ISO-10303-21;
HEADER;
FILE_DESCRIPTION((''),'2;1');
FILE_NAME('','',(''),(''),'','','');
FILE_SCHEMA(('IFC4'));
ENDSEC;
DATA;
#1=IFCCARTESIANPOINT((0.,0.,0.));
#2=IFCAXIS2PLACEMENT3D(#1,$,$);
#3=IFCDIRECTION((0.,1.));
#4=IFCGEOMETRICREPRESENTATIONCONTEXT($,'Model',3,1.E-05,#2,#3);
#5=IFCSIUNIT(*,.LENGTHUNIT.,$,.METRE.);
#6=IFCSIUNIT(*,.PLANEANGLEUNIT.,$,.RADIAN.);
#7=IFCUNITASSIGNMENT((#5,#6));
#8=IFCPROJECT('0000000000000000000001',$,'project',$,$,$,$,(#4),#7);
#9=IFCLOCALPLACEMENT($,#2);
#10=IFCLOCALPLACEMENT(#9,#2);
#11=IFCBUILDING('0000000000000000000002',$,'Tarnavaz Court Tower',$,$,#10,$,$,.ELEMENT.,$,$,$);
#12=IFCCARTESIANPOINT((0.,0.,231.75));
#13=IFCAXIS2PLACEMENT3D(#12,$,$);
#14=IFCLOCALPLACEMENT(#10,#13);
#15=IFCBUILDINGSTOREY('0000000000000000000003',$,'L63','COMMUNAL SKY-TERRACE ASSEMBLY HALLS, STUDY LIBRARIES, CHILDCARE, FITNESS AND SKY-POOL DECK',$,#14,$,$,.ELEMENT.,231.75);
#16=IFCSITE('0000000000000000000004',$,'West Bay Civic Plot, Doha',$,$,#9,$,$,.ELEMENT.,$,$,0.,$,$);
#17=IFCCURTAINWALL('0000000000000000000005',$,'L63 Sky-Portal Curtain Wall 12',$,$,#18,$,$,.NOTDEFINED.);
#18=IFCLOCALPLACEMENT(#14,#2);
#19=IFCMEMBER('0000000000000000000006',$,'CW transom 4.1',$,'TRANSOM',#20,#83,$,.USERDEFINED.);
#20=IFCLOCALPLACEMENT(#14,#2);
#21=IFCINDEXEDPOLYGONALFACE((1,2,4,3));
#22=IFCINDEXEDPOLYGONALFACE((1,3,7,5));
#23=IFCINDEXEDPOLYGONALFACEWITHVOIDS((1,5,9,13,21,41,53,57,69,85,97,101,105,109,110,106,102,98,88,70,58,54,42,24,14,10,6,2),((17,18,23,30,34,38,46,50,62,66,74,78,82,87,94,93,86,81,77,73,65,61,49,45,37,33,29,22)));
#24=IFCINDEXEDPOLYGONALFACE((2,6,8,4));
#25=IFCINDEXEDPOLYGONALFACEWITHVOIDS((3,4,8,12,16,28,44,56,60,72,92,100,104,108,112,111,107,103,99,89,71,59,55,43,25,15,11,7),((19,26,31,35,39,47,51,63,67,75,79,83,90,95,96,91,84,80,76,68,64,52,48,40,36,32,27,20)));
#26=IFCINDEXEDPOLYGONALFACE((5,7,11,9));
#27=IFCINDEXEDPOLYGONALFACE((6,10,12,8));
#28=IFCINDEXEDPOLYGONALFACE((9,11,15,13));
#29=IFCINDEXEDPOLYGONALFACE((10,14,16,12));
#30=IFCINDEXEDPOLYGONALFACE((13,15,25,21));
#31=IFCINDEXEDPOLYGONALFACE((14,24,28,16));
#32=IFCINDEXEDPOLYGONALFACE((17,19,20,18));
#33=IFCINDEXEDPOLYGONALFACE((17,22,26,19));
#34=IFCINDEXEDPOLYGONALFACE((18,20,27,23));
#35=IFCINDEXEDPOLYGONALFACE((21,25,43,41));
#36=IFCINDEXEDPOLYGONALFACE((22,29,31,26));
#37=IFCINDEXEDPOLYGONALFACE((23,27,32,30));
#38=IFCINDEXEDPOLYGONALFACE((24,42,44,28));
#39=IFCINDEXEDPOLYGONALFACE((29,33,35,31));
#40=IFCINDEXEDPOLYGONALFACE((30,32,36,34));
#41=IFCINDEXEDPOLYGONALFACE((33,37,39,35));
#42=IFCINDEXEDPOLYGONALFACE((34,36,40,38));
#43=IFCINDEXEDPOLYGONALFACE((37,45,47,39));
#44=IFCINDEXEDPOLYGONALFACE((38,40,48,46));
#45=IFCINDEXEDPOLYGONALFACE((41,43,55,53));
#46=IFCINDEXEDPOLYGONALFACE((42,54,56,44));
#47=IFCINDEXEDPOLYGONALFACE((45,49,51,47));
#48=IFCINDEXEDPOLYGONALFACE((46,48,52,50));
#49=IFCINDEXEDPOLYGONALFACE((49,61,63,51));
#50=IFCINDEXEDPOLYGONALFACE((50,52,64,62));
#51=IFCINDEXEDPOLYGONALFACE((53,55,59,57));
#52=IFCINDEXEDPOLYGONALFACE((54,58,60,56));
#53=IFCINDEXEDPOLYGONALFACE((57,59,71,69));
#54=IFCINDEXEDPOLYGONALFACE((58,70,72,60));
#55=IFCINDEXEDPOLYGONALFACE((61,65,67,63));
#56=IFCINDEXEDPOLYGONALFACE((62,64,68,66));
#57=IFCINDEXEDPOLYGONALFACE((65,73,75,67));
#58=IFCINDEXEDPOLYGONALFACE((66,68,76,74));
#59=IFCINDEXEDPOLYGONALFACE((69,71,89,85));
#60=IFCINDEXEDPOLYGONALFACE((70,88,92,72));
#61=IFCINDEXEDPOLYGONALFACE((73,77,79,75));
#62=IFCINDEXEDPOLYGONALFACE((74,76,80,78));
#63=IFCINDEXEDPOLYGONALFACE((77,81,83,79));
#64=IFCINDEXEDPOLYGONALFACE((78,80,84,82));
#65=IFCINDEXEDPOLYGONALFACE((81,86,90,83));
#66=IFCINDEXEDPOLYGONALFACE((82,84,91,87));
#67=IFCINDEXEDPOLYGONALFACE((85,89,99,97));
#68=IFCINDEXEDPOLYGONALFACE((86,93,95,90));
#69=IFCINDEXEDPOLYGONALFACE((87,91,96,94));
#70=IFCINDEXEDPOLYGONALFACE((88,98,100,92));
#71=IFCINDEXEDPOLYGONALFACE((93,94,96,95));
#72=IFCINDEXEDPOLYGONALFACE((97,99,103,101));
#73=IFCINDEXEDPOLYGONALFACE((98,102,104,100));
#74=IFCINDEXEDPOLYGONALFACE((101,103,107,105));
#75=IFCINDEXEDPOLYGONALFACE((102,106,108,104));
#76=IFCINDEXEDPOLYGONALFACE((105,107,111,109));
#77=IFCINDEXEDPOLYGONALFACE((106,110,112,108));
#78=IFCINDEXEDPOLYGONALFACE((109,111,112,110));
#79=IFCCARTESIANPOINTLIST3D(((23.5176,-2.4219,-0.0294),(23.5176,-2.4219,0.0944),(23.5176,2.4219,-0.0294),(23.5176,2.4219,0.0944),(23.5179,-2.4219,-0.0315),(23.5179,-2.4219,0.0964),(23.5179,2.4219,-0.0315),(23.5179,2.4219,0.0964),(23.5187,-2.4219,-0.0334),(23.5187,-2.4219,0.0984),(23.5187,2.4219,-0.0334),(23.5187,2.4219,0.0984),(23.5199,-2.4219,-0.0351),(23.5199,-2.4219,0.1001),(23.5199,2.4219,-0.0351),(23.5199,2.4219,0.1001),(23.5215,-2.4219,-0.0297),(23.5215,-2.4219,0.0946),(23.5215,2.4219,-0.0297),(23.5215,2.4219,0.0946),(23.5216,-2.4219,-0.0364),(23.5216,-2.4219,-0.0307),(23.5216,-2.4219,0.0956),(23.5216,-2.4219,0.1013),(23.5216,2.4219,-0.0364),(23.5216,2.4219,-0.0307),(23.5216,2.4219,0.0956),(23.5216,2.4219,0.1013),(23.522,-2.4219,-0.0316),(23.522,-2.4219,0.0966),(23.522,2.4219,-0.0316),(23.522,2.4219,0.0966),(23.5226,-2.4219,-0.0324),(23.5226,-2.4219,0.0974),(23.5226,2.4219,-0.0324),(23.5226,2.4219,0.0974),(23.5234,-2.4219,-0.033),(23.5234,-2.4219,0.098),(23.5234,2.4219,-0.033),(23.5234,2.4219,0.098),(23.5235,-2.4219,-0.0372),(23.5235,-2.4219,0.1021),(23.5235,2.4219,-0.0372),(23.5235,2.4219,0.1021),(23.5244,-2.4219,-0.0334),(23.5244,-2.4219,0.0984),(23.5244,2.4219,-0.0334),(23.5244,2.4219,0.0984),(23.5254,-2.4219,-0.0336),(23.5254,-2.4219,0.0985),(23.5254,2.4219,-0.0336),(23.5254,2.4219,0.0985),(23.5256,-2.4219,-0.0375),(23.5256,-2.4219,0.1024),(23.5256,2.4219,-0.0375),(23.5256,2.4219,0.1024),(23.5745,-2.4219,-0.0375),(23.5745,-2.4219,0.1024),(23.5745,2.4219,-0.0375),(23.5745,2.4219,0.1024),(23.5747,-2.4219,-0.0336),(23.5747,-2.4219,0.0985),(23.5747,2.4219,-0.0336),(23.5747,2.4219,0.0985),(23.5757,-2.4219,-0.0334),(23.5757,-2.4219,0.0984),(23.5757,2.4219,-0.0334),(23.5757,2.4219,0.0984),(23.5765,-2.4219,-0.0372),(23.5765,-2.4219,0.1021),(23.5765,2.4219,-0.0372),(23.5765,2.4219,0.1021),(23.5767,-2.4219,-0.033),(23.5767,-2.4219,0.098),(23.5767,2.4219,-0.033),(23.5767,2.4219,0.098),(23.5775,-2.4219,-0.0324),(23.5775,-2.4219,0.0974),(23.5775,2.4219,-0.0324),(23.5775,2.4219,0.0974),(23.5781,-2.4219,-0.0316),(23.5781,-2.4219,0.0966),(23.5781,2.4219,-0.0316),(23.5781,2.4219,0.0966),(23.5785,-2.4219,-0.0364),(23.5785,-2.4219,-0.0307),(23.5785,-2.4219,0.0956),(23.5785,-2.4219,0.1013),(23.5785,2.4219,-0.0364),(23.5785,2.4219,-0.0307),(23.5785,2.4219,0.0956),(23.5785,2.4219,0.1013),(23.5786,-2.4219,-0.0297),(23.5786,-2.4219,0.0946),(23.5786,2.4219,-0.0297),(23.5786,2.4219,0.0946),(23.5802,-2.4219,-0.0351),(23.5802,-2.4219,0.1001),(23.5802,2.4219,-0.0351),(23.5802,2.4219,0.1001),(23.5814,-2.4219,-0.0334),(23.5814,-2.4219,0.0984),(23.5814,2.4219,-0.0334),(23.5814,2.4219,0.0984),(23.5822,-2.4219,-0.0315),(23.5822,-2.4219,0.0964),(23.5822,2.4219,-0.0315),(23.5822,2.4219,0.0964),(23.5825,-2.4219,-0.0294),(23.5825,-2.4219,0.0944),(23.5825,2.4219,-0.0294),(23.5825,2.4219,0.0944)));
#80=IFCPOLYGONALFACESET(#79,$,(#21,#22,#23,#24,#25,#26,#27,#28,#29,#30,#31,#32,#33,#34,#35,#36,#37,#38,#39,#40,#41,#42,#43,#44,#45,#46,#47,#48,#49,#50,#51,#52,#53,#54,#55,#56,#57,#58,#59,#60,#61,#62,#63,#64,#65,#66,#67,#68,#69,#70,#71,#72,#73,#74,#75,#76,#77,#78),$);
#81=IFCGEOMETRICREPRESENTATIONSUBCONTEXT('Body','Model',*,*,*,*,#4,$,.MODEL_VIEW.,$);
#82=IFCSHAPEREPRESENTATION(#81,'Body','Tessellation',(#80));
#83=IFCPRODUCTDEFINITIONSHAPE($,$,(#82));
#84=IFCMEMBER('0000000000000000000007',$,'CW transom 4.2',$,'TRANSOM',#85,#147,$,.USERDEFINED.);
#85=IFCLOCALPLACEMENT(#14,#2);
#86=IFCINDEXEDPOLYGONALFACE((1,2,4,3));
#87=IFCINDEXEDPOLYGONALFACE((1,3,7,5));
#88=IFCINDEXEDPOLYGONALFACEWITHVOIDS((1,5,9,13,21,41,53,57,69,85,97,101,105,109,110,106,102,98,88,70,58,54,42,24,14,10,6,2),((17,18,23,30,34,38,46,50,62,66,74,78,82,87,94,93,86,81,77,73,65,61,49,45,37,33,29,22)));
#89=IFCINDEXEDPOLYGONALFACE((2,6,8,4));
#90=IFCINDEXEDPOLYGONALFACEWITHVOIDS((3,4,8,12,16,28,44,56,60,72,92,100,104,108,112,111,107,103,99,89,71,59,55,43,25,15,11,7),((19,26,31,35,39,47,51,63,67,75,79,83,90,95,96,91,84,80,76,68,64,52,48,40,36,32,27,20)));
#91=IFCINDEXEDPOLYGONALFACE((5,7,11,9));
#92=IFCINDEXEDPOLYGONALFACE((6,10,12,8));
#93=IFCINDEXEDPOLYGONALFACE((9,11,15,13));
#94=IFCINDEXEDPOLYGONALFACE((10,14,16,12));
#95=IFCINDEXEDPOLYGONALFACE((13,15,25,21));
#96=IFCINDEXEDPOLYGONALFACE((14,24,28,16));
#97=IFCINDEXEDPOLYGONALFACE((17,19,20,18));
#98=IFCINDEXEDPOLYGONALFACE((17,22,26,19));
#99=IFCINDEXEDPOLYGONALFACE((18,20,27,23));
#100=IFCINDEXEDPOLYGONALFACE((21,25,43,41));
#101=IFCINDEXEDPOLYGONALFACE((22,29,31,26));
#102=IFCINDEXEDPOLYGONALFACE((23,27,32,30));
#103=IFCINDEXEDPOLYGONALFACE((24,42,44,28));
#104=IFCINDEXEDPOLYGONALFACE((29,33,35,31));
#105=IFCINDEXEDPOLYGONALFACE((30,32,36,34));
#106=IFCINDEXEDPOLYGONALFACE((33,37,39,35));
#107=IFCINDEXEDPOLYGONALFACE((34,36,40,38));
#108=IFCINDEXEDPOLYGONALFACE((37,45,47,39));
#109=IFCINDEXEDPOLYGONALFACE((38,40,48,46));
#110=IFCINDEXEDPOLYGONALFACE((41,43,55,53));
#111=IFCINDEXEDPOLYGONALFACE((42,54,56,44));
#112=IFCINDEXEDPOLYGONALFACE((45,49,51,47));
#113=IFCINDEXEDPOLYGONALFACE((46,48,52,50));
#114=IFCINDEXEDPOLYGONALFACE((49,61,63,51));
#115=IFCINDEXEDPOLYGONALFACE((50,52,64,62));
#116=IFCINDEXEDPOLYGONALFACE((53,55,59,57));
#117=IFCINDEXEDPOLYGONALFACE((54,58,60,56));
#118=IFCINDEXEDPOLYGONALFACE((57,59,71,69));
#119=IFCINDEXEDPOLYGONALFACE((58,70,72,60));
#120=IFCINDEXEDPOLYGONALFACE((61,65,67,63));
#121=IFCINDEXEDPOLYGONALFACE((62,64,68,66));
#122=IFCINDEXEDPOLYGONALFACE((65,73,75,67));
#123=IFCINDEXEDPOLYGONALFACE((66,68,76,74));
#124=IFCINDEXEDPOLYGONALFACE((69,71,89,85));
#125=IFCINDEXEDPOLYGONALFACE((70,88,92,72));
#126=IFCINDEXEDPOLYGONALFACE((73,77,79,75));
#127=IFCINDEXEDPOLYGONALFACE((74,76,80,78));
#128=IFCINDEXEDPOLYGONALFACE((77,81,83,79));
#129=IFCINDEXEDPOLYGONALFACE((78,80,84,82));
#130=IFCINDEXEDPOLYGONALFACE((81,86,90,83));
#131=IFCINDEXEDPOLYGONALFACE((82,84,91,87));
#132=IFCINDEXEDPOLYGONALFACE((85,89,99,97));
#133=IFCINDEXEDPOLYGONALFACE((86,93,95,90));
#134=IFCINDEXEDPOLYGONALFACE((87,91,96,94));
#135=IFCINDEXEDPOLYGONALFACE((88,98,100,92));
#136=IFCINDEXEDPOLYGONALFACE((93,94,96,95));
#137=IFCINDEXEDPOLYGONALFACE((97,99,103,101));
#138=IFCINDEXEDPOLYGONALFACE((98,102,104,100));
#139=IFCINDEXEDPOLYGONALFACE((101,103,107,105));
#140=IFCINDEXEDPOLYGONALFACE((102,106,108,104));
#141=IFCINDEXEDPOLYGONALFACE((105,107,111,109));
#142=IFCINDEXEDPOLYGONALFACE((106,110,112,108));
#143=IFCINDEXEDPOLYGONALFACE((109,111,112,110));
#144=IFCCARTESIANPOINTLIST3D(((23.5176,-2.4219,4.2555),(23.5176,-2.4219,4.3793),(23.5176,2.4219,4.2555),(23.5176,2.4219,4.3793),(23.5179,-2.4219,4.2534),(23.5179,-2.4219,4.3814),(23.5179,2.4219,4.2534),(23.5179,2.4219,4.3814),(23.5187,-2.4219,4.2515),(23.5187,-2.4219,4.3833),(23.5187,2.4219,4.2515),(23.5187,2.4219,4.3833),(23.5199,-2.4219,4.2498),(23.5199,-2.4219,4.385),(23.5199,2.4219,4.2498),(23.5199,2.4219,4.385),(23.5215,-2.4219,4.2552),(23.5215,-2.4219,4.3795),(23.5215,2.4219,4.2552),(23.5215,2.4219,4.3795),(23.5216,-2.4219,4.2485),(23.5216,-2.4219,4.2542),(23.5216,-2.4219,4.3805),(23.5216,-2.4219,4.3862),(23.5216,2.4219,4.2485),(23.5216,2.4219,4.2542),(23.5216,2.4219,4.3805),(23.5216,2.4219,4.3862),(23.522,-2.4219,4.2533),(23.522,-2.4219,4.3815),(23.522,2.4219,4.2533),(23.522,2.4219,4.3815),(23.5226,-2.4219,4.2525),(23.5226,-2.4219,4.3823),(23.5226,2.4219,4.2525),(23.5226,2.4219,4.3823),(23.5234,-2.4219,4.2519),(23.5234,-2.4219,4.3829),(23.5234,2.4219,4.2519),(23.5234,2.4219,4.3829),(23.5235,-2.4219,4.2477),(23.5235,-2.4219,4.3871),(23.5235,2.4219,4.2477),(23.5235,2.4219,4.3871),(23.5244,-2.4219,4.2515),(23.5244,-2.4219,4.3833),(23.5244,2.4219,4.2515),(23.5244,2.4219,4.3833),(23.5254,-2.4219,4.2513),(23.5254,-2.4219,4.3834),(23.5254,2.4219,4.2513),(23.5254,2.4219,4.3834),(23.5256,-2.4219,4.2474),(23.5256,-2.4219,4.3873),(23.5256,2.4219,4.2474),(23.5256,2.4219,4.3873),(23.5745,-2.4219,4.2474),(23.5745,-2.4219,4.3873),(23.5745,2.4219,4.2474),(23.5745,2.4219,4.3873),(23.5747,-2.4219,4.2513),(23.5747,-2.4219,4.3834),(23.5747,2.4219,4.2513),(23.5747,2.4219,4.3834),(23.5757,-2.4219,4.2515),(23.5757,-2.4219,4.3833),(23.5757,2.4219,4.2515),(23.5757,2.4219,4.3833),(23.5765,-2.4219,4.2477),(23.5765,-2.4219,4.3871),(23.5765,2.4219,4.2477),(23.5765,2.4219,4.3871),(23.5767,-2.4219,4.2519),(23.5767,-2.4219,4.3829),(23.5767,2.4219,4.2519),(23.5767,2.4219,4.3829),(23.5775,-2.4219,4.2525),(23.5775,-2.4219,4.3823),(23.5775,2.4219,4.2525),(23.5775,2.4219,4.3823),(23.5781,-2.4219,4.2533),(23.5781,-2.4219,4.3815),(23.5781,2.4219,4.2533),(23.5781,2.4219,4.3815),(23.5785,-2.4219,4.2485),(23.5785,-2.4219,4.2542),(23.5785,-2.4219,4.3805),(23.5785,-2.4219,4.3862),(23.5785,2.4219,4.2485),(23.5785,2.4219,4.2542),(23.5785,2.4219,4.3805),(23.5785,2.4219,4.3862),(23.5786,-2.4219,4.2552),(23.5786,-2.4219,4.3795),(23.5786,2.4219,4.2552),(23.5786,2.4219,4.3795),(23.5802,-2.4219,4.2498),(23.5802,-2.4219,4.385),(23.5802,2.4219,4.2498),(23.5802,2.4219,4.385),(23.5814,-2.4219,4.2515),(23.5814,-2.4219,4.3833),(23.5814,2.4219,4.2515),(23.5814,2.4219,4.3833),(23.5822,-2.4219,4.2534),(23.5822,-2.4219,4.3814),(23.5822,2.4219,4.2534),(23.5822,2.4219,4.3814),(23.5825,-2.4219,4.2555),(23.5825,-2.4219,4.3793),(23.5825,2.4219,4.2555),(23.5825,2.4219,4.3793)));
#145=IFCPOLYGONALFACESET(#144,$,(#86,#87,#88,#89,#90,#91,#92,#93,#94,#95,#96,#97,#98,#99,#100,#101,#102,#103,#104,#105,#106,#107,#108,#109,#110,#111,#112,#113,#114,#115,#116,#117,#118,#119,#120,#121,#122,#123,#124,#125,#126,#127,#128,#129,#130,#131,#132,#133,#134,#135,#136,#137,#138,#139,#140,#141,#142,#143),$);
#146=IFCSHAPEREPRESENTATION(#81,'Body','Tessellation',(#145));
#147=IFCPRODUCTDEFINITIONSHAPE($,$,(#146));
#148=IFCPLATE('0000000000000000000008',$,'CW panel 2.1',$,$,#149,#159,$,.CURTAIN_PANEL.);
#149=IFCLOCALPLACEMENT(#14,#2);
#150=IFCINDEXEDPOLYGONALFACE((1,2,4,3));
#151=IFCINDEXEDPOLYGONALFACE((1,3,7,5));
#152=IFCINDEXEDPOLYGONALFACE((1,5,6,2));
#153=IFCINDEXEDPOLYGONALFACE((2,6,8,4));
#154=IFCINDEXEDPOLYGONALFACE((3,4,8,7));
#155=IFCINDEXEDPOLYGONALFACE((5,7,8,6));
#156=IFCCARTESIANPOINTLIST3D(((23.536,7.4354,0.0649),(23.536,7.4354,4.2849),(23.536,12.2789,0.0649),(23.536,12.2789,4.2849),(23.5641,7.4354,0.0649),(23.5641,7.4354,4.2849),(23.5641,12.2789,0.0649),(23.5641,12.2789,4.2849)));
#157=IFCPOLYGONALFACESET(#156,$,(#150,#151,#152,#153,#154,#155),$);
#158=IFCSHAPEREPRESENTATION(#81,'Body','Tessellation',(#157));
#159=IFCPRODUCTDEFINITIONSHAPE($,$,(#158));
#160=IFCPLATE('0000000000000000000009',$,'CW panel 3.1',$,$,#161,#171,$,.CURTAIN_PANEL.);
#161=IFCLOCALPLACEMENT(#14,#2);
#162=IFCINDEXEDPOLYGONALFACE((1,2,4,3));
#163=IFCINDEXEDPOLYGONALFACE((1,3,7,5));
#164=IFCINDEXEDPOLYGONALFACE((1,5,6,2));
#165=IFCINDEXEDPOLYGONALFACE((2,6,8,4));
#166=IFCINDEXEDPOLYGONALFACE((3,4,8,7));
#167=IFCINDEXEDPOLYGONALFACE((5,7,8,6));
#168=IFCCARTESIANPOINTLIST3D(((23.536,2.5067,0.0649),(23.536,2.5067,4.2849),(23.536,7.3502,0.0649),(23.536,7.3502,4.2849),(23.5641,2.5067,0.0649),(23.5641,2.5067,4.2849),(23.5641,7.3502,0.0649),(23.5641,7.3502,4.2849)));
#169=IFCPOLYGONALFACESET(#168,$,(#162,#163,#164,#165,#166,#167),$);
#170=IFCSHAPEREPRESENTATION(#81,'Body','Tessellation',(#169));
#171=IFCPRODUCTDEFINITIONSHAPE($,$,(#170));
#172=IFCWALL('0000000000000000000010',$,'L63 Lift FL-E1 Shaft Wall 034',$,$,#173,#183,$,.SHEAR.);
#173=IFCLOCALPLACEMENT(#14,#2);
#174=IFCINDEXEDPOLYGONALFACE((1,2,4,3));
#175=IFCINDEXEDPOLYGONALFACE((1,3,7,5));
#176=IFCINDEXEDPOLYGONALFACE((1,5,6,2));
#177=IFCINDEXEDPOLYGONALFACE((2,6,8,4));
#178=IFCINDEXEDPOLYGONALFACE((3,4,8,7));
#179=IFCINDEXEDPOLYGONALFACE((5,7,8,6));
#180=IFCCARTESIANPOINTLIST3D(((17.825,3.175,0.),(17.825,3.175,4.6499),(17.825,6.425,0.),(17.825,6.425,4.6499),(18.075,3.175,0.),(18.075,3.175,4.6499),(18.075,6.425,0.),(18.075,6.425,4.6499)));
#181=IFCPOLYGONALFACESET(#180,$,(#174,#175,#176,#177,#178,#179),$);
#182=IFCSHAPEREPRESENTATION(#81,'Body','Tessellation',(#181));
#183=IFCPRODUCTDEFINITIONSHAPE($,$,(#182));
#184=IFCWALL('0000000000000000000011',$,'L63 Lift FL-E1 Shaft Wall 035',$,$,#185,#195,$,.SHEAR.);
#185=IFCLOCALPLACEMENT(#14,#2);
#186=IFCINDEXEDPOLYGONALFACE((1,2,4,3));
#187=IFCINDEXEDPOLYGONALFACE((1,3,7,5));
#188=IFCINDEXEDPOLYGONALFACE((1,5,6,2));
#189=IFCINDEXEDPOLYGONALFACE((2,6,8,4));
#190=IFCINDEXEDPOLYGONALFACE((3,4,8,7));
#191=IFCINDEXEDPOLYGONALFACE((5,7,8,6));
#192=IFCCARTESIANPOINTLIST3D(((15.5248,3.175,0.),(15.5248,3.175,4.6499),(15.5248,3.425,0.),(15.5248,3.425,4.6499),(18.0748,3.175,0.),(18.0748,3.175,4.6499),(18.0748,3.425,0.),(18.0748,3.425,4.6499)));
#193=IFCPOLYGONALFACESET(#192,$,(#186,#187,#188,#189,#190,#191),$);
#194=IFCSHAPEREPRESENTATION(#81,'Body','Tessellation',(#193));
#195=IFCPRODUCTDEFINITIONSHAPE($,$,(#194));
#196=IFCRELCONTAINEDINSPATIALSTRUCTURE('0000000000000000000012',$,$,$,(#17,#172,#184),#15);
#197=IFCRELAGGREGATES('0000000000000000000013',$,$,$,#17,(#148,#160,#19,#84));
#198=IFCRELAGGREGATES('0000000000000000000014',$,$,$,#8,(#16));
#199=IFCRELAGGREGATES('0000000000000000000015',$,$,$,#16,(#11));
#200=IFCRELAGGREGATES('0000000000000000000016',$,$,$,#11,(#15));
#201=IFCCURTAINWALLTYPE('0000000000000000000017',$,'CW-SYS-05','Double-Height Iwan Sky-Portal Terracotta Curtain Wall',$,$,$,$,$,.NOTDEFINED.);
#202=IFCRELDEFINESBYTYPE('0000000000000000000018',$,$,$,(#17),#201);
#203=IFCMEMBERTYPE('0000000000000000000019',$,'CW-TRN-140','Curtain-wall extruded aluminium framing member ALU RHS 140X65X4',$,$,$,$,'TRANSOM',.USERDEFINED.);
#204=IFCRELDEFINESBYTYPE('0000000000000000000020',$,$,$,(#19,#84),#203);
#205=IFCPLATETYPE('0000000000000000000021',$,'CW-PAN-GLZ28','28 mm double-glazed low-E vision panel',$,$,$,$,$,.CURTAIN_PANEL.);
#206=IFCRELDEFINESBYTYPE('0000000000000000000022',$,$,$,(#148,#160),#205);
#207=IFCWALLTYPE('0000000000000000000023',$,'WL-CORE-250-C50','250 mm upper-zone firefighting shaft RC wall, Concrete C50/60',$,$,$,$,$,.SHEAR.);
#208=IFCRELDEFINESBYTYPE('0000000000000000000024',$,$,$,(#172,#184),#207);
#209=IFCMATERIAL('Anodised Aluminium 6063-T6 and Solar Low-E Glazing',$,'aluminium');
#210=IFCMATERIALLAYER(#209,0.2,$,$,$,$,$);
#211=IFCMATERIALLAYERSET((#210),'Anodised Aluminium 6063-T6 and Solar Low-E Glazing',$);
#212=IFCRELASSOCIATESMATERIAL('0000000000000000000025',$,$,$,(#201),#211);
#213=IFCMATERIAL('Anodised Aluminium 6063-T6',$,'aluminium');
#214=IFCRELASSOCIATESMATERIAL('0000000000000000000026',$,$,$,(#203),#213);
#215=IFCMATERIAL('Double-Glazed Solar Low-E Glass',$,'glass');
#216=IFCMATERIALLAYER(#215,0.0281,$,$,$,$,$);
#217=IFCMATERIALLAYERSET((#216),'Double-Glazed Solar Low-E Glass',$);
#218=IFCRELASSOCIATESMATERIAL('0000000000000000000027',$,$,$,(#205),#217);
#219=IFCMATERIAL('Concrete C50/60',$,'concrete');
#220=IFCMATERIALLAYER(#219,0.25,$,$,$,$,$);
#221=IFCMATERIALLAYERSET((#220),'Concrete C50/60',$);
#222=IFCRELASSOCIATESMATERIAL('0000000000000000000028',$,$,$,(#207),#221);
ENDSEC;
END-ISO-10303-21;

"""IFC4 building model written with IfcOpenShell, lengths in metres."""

from ifc_helpers import new_model, si_unit, direction, frame, frame_2d, origin, origin_2d, place, context, subcontext, project, spatial, rectangle, hollow_rectangle, extrude, material, layer, layer_set, material_profile, profile_set, type_object, element, aggregate, save


model = new_model("IFC4")

# Units and contexts
model_context = context("Model", 3, precision=1e-05, world=origin(), true_north=direction((0.0, 1.0)))
body_context = subcontext(model_context, "Body", "Model", "MODEL_VIEW")
ifc_project = project(units=[si_unit("LENGTHUNIT", "METRE"), si_unit("PLANEANGLEUNIT", "RADIAN")], contexts=[model_context])

# Site, building, storey
site_placement = place(None, origin())
site = spatial("IfcSite", under=ifc_project, at=site_placement, Name="West Bay Civic Plot, Doha", CompositionType="ELEMENT", RefElevation=0.0)
building_placement = place(site_placement, origin())
building = spatial("IfcBuilding", under=site, at=building_placement, Name="Tarnavaz Court Tower", CompositionType="ELEMENT")
storey_placement = place(building_placement, frame((0.0, 0.0, 231.75)))
storey = spatial("IfcBuildingStorey", under=building, at=storey_placement, Name="L63", Description="COMMUNAL SKY-TERRACE ASSEMBLY HALLS, STUDY LIBRARIES, CHILDCARE, FITNESS AND SKY-POOL DECK", CompositionType="ELEMENT", Elevation=231.75)

# Shared definitions
ifc_material_1 = material(Name="Concrete C50/60", Category="concrete")

# Curtain wall, members, plates
ifc_material_2 = material(Name="Anodised Aluminium 6063-T6 and Solar Low-E Glazing", Category="aluminium")
ifc_layer_1 = layer(ifc_material_2, 0.2)
ifc_layer_set_1 = layer_set([ifc_layer_1], Name="Anodised Aluminium 6063-T6 and Solar Low-E Glazing")
curtain_wall_type = type_object("IfcCurtainWallType", Name="CW-SYS-05", Description="Double-Height Iwan Sky-Portal Terracotta Curtain Wall", PredefinedType="NOTDEFINED", material=ifc_layer_set_1)
curtain_wall_placement = place(storey_placement, origin())
curtain_wall = element("IfcCurtainWall", 1, at=curtain_wall_placement, inside=storey, type_object=curtain_wall_type, Name="L63 Sky-Portal Curtain Wall 12", PredefinedType="NOTDEFINED")
ifc_material_3 = material(Name="Anodised Aluminium 6063-T6", Category="aluminium")
ifc_material_profile_1 = material_profile(ifc_material_3, hollow_rectangle(XDim=0.0649, YDim=0.1399, WallThickness=0.0039, InnerFilletRadius=0.0039, OuterFilletRadius=0.0081, at=origin_2d()), Name="ALU RHS 140X65X4")
ifc_profile_set_1 = profile_set([ifc_material_profile_1], Name="Anodised Aluminium 6063-T6")
member_type_1 = type_object("IfcMemberType", Name="CW-TRN-140", Description="Curtain-wall extruded aluminium framing member ALU RHS 140X65X4", ElementType="TRANSOM", PredefinedType="USERDEFINED", material=ifc_profile_set_1)
member_1_placement = place(storey_placement, frame((23.55, 2.4219, 0.0325), z_axis=(0.0, -1.0, 0.0), x_axis=(1.0, 0.0, 0.0)))
member_1 = element("IfcMember", 2, at=member_1_placement, type_object=member_type_1, Name="CW transom 4.1", ObjectType="TRANSOM", PredefinedType="USERDEFINED", context=body_context, shape_type="SweptSolid", body=[
    extrude(hollow_rectangle(XDim=0.0649, YDim=0.1399, WallThickness=0.0039, InnerFilletRadius=0.0039, OuterFilletRadius=0.0081, at=origin_2d()), origin(), (0.0, 0.0, 1.0), 4.8438),
])
member_2_placement = place(storey_placement, frame((23.55, 2.4219, 4.3174), z_axis=(0.0, -1.0, 0.0), x_axis=(1.0, 0.0, 0.0)))
member_2 = element("IfcMember", 3, at=member_2_placement, type_object=member_type_1, Name="CW transom 4.2", ObjectType="TRANSOM", PredefinedType="USERDEFINED", context=body_context, shape_type="SweptSolid", body=[
    extrude(hollow_rectangle(XDim=0.0649, YDim=0.1399, WallThickness=0.0039, InnerFilletRadius=0.0039, OuterFilletRadius=0.0081, at=origin_2d()), origin(), (0.0, 0.0, 1.0), 4.8438),
])
ifc_material_4 = material(Name="Double-Glazed Solar Low-E Glass", Category="glass")
ifc_layer_2 = layer(ifc_material_4, 0.0281)
ifc_layer_set_2 = layer_set([ifc_layer_2], Name="Double-Glazed Solar Low-E Glass")
plate_type = type_object("IfcPlateType", Name="CW-PAN-GLZ28", Description="28 mm double-glazed low-E vision panel", PredefinedType="CURTAIN_PANEL", material=ifc_layer_set_2)
plate_1_placement = place(storey_placement, frame((23.55, 9.8572, 0.0649), z_axis=(0.0, 0.0, 1.0), x_axis=(0.0, -1.0, 0.0)))
plate_1 = element("IfcPlate", 4, at=plate_1_placement, type_object=plate_type, Name="CW panel 2.1", PredefinedType="CURTAIN_PANEL", context=body_context, shape_type="SweptSolid", body=[
    extrude(rectangle(XDim=4.8435, YDim=0.0281, at=origin_2d()), origin(), (0.0, 0.0, 1.0), 4.22),
])
plate_2_placement = place(storey_placement, frame((23.55, 4.9285, 0.0649), z_axis=(0.0, 0.0, 1.0), x_axis=(0.0, -1.0, 0.0)))
plate_2 = element("IfcPlate", 5, at=plate_2_placement, type_object=plate_type, Name="CW panel 3.1", PredefinedType="CURTAIN_PANEL", context=body_context, shape_type="SweptSolid", body=[
    extrude(rectangle(XDim=4.8435, YDim=0.0281, at=origin_2d()), origin(), (0.0, 0.0, 1.0), 4.22),
])
aggregate(curtain_wall, [plate_1, plate_2, member_1, member_2])

# Shared definitions
ifc_layer_3 = layer(ifc_material_1, 0.25)
ifc_layer_set_3 = layer_set([ifc_layer_3], Name="Concrete C50/60")
wall_type_1 = type_object("IfcWallType", Name="WL-CORE-250-C50", Description="250 mm upper-zone firefighting shaft RC wall, Concrete C50/60", PredefinedType="SHEAR", material=ifc_layer_set_3)

# Walls
wall_1_placement = place(storey_placement, frame((17.95, 3.175, 0.0), z_axis=(0.0, 0.0, 1.0), x_axis=(0.0, 1.0, 0.0)))
element("IfcWall", 6, at=wall_1_placement, inside=storey, type_object=wall_type_1, Name="L63 Lift FL-E1 Shaft Wall 034", PredefinedType="SHEAR", context=body_context, shape_type="SweptSolid", body=[
    extrude(rectangle(XDim=3.25, YDim=0.25, at=frame_2d((1.625, 0.0))), origin(), (0.0, 0.0, 1.0), 4.6499),
])
for number, where, z_axis, x_axis, name in (
    (7, (15.5249, 3.3, 0.0), (0.0, 0.0, 1.0), (1.0, 0.0, 0.0), "L63 Lift FL-E1 Shaft Wall 035"),
):
    element("IfcWall", number, at=place(storey_placement, frame(where, z_axis=z_axis, x_axis=x_axis)), inside=storey, type_object=wall_type_1, Name=name, PredefinedType="SHEAR", context=body_context, shape_type="SweptSolid", body=[
        extrude(rectangle(XDim=2.55, YDim=0.25, at=frame_2d((1.2749, 0.0))), origin(), (0.0, 0.0, 1.0), 4.6499),
    ])

save(model, "model.ifc")
